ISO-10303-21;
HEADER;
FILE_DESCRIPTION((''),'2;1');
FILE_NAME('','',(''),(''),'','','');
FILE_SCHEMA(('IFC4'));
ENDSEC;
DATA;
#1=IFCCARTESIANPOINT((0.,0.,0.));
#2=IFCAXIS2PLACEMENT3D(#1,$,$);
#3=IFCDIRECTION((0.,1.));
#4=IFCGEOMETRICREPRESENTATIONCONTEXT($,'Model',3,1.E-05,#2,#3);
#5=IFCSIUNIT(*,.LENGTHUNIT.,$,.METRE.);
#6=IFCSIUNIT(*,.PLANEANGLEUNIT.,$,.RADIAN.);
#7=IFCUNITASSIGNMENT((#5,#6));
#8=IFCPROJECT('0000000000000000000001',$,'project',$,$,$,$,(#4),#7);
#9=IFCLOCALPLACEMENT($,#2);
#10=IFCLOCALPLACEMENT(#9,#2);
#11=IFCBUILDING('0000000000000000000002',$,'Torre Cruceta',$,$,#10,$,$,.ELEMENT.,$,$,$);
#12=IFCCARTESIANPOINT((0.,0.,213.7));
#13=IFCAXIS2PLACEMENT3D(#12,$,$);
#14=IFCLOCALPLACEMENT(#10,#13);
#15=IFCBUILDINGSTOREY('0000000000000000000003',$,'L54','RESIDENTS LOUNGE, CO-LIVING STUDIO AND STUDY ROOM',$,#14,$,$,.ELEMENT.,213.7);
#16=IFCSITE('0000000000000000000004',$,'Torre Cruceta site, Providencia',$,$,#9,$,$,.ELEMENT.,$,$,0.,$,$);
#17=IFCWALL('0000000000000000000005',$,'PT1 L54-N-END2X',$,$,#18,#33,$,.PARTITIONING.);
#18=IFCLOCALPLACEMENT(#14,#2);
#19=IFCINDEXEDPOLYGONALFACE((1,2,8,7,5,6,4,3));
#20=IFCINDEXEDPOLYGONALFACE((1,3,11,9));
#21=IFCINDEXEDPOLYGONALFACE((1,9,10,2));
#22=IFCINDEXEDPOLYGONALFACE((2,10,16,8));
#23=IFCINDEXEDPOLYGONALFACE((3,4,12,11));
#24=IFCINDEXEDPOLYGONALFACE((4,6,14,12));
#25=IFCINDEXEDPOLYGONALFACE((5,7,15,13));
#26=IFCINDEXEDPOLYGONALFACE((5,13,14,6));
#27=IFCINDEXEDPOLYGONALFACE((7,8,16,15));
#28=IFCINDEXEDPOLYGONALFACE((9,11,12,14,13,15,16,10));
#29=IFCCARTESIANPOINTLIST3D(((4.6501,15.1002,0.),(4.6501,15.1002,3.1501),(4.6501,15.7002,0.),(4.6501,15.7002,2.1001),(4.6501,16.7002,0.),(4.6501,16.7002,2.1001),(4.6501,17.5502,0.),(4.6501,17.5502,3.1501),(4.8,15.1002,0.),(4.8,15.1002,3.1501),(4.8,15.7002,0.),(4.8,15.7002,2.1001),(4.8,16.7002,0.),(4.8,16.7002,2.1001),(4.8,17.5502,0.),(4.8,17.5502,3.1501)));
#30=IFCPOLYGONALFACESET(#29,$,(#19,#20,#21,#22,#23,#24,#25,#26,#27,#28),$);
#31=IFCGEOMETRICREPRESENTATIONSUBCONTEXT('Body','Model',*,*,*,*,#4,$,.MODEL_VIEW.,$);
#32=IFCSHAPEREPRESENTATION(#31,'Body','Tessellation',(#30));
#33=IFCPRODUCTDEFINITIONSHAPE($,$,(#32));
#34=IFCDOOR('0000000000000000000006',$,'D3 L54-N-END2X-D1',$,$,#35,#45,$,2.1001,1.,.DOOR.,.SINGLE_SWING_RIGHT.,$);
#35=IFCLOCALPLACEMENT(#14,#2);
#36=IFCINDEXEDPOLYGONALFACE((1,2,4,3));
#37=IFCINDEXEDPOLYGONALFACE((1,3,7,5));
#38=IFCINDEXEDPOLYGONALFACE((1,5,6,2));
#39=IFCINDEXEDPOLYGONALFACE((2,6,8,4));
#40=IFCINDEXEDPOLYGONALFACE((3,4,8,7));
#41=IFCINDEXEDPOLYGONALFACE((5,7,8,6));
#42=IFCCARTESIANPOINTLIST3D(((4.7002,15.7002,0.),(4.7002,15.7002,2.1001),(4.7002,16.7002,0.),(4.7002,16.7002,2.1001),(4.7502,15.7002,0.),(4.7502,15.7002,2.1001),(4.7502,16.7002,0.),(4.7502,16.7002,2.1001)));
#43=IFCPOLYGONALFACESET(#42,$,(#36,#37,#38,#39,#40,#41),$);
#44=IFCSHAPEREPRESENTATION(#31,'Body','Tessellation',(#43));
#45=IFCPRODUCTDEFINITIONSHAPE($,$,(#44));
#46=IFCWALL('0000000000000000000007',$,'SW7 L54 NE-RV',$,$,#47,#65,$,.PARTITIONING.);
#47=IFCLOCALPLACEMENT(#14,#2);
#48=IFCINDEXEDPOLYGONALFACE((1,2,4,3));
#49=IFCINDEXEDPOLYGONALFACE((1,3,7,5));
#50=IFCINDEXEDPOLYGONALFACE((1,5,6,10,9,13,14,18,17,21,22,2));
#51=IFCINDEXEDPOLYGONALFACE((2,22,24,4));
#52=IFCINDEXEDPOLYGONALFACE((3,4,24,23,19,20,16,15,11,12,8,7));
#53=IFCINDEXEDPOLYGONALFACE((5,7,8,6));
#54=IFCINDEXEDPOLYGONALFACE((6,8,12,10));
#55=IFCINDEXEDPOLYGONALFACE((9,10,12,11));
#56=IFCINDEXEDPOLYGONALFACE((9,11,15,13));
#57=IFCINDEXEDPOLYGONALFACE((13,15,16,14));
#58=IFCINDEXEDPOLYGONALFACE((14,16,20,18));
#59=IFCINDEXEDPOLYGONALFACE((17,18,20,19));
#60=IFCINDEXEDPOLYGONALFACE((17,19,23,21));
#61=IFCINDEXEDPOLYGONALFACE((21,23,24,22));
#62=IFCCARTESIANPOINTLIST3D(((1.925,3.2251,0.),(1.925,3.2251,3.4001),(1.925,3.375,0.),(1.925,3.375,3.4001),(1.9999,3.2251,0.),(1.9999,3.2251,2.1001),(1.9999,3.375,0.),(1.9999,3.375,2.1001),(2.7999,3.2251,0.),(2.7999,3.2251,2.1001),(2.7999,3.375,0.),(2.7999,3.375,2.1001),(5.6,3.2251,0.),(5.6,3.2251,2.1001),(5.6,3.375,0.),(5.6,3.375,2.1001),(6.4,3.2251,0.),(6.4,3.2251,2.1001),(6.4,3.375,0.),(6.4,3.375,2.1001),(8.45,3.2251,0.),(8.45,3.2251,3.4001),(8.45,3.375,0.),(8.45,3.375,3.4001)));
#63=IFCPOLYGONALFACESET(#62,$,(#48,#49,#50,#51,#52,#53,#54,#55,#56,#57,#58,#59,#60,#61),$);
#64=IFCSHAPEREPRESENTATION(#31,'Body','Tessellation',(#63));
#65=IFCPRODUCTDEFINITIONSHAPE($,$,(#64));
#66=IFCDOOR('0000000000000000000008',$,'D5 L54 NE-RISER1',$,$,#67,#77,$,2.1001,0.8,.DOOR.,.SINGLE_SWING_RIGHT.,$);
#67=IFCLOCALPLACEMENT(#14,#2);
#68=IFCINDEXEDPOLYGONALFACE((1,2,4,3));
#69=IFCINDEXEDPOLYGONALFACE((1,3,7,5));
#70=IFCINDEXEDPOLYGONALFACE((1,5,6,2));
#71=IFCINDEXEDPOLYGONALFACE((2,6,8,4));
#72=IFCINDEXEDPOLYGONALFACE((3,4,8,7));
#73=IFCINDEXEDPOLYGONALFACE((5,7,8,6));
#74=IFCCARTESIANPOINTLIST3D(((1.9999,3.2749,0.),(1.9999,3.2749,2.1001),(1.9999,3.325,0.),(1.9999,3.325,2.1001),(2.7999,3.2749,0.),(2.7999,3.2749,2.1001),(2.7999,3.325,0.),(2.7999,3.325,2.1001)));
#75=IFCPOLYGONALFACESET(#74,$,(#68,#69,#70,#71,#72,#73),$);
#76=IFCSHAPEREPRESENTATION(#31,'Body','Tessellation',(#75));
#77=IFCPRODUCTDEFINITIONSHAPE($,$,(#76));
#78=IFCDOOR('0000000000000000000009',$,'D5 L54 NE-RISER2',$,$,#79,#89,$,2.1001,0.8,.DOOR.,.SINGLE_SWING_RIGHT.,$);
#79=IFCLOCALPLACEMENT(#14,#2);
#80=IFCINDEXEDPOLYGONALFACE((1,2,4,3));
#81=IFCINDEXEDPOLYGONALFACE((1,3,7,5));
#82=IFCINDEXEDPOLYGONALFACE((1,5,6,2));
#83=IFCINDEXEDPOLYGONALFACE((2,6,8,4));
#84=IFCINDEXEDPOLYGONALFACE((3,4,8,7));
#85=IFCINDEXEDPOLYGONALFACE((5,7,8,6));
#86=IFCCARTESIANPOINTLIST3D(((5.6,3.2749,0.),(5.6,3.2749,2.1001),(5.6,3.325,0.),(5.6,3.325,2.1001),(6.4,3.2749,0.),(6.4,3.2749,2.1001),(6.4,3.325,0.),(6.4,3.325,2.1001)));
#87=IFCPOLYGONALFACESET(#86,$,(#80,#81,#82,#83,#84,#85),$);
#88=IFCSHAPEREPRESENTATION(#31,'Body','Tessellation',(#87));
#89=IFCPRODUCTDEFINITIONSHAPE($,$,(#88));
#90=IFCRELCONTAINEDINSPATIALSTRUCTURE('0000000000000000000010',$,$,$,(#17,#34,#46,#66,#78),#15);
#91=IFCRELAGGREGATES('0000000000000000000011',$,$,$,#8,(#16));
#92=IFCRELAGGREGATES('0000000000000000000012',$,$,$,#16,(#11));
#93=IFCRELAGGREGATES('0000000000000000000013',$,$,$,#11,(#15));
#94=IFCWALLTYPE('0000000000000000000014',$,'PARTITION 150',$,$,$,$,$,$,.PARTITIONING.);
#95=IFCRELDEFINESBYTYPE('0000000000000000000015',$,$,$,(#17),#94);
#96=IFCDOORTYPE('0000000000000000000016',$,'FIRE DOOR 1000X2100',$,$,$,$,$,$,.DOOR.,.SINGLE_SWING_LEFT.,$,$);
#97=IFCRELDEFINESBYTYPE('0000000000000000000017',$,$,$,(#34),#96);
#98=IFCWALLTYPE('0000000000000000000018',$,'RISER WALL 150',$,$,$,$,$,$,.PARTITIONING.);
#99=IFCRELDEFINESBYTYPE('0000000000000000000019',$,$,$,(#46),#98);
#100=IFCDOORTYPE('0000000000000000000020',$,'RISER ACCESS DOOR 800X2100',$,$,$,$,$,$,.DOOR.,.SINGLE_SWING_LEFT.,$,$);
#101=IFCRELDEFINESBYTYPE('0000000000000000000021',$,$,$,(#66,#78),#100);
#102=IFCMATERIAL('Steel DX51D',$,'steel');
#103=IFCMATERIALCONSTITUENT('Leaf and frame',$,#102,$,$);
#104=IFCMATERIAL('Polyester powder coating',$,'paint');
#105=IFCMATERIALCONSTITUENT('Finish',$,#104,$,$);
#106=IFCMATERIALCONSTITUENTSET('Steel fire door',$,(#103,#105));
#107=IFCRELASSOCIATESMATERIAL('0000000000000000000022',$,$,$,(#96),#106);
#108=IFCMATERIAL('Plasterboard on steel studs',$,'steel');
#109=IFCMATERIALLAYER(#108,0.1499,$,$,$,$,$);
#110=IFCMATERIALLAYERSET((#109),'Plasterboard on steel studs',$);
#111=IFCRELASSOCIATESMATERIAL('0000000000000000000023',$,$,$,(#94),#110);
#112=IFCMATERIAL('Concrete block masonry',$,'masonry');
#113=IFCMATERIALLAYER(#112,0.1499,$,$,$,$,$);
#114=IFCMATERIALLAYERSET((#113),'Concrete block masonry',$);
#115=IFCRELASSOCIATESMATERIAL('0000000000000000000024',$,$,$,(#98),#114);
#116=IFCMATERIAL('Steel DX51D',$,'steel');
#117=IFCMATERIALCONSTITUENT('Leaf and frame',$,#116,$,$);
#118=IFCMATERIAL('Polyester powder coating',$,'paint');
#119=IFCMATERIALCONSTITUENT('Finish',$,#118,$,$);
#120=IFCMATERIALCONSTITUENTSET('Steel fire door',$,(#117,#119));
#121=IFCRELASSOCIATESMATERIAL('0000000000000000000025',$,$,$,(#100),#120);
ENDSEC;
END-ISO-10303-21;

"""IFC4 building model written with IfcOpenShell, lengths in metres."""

from ifc_helpers import new_model, si_unit, direction, frame, frame_2d, origin, place, context, subcontext, project, spatial, rectangle, extrude, material, layer, layer_set, constituent, constituent_set, type_object, element, fill, save


model = new_model("IFC4")

# Units and contexts
model_context = context("Model", 3, precision=1e-05, world=origin(), true_north=direction((0.0, 1.0)))
body_context = subcontext(model_context, "Body", "Model", "MODEL_VIEW")
ifc_project = project(units=[si_unit("LENGTHUNIT", "METRE"), si_unit("PLANEANGLEUNIT", "RADIAN")], contexts=[model_context])

# Site, building, storey
site_placement = place(None, origin())
site = spatial("IfcSite", under=ifc_project, at=site_placement, Name="Torre Cruceta site, Providencia", CompositionType="ELEMENT", RefElevation=0.0)
building_placement = place(site_placement, origin())
building = spatial("IfcBuilding", under=site, at=building_placement, Name="Torre Cruceta", CompositionType="ELEMENT")
storey_placement = place(building_placement, frame((0.0, 0.0, 213.7)))
storey = spatial("IfcBuildingStorey", under=building, at=storey_placement, Name="L54", Description="RESIDENTS LOUNGE, CO-LIVING STUDIO AND STUDY ROOM", CompositionType="ELEMENT", Elevation=213.7)

# Shared definitions
ifc_material_1 = material(Name="Steel DX51D", Category="steel")
ifc_constituent_1 = constituent(ifc_material_1, Name="Leaf and frame")
ifc_material_2 = material(Name="Polyester powder coating", Category="paint")
ifc_constituent_2 = constituent(ifc_material_2, Name="Finish")
ifc_constituent_set_1 = constituent_set(constituents=[ifc_constituent_1, ifc_constituent_2], Name="Steel fire door")
door_type_1 = type_object("IfcDoorType", Name="FIRE DOOR 1000X2100", OperationType="SINGLE_SWING_LEFT", PredefinedType="DOOR", material=ifc_constituent_set_1)
ifc_material_3 = material(Name="Plasterboard on steel studs", Category="steel")
ifc_layer_1 = layer(ifc_material_3, 0.1499)
ifc_layer_set_1 = layer_set([ifc_layer_1], Name="Plasterboard on steel studs")
wall_type_1 = type_object("IfcWallType", Name="PARTITION 150", PredefinedType="PARTITIONING", material=ifc_layer_set_1)

# Wall, opening, door
wall_1_placement = place(storey_placement, frame((4.7251, 15.1001, 0.0), z_axis=(0.0, 0.0, 1.0), x_axis=(0.0, 1.0, 0.0)))
wall_1 = element("IfcWall", 1, at=wall_1_placement, inside=storey, type_object=wall_type_1, Name="PT1 L54-N-END2X", PredefinedType="PARTITIONING", context=body_context, shape_type="SweptSolid", body=[
    extrude(rectangle(XDim=2.45, YDim=0.1499, at=frame_2d((1.2251, 0.0))), origin(), (0.0, 0.0, 1.0), 3.1501),
])
opening_1_placement = place(wall_1_placement, frame((0.6001, 0.0, 0.0)))
opening_1 = element("IfcOpeningElement", 2, at=opening_1_placement, cuts=wall_1, PredefinedType="OPENING", context=body_context, shape_type="SweptSolid", body=[
    extrude(rectangle(XDim=1.0, YDim=2.1001, at=frame_2d((0.5, 1.05))), frame((0.0, 0.085, 0.0), z_axis=(0.0, -1.0, 0.0), x_axis=(1.0, 0.0, 0.0)), (0.0, 0.0, 1.0), 0.1699),
])
door_1_placement = place(opening_1_placement, frame((1.0, 0.0, 0.0), z_axis=(0.0, 0.0, 1.0), x_axis=(-1.0, 0.0, 0.0)))
door_1 = element("IfcDoor", 3, at=door_1_placement, inside=storey, type_object=door_type_1, Name="D3 L54-N-END2X-D1", OperationType="SINGLE_SWING_RIGHT", OverallHeight=2.1001, OverallWidth=1.0, PredefinedType="DOOR", context=body_context, shape_type="SweptSolid", body=[
    extrude(rectangle(XDim=1.0, YDim=2.1001, at=frame_2d((0.5, 1.05))), frame((0.0, 0.0251, 0.0), z_axis=(0.0, -1.0, 0.0), x_axis=(1.0, 0.0, 0.0)), (0.0, 0.0, 1.0), 0.05),
])
fill(opening_1, door_1)

# Wall, openings, doors
ifc_material_4 = material(Name="Concrete block masonry", Category="masonry")
ifc_layer_2 = layer(ifc_material_4, 0.1499)
ifc_layer_set_2 = layer_set([ifc_layer_2], Name="Concrete block masonry")
wall_type_2 = type_object("IfcWallType", Name="RISER WALL 150", PredefinedType="PARTITIONING", material=ifc_layer_set_2)
wall_2_placement = place(storey_placement, frame((1.925, 3.3, 0.0), z_axis=(0.0, 0.0, 1.0), x_axis=(1.0, 0.0, 0.0)))
wall_2 = element("IfcWall", 4, at=wall_2_placement, inside=storey, type_object=wall_type_2, Name="SW7 L54 NE-RV", PredefinedType="PARTITIONING", context=body_context, shape_type="SweptSolid", body=[
    extrude(rectangle(XDim=6.5249, YDim=0.1499, at=frame_2d((3.2625, 0.0))), origin(), (0.0, 0.0, 1.0), 3.4001),
])
opening_2_placement = place(wall_2_placement, frame((0.075, 0.0, 0.0)))
opening_2 = element("IfcOpeningElement", 5, at=opening_2_placement, cuts=wall_2, PredefinedType="OPENING", context=body_context, shape_type="SweptSolid", body=[
    extrude(rectangle(XDim=0.8, YDim=2.1001, at=frame_2d((0.3999, 1.05))), frame((0.0, 0.085, 0.0), z_axis=(0.0, -1.0, 0.0), x_axis=(1.0, 0.0, 0.0)), (0.0, 0.0, 1.0), 0.1699),
])
opening_3_placement = place(wall_2_placement, frame((3.675, 0.0, 0.0)))
opening_3 = element("IfcOpeningElement", 6, at=opening_3_placement, cuts=wall_2, PredefinedType="OPENING", context=body_context, shape_type="SweptSolid", body=[
    extrude(rectangle(XDim=0.8, YDim=2.1001, at=frame_2d((0.3999, 1.05))), frame((0.0, 0.085, 0.0), z_axis=(0.0, -1.0, 0.0), x_axis=(1.0, 0.0, 0.0)), (0.0, 0.0, 1.0), 0.1699),
])
ifc_material_5 = material(Name="Steel DX51D", Category="steel")
ifc_constituent_3 = constituent(ifc_material_5, Name="Leaf and frame")
ifc_material_6 = material(Name="Polyester powder coating", Category="paint")
ifc_constituent_4 = constituent(ifc_material_6, Name="Finish")
ifc_constituent_set_2 = constituent_set(constituents=[ifc_constituent_3, ifc_constituent_4], Name="Steel fire door")
door_type_2 = type_object("IfcDoorType", Name="RISER ACCESS DOOR 800X2100", OperationType="SINGLE_SWING_LEFT", PredefinedType="DOOR", material=ifc_constituent_set_2)
door_2_placement = place(opening_2_placement, frame((0.8, 0.0, 0.0), z_axis=(0.0, 0.0, 1.0), x_axis=(-1.0, 0.0, 0.0)))
door_2 = element("IfcDoor", 7, at=door_2_placement, inside=storey, type_object=door_type_2, Name="D5 L54 NE-RISER1", OperationType="SINGLE_SWING_RIGHT", OverallHeight=2.1001, OverallWidth=0.8, PredefinedType="DOOR", context=body_context, shape_type="SweptSolid", body=[
    extrude(rectangle(XDim=0.8, YDim=2.1001, at=frame_2d((0.4001, 1.05))), frame((0.0, 0.0251, 0.0), z_axis=(0.0, -1.0, 0.0), x_axis=(1.0, 0.0, 0.0)), (0.0, 0.0, 1.0), 0.05),
])
fill(opening_2, door_2)
door_3_placement = place(opening_3_placement, frame((0.8, 0.0, 0.0), z_axis=(0.0, 0.0, 1.0), x_axis=(-1.0, 0.0, 0.0)))
door_3 = element("IfcDoor", 8, at=door_3_placement, inside=storey, type_object=door_type_2, Name="D5 L54 NE-RISER2", OperationType="SINGLE_SWING_RIGHT", OverallHeight=2.1001, OverallWidth=0.8, PredefinedType="DOOR", context=body_context, shape_type="SweptSolid", body=[
    extrude(rectangle(XDim=0.8, YDim=2.1001, at=frame_2d((0.4001, 1.05))), frame((0.0, 0.0251, 0.0), z_axis=(0.0, -1.0, 0.0), x_axis=(1.0, 0.0, 0.0)), (0.0, 0.0, 1.0), 0.05),
])
fill(opening_3, door_3)

save(model, "model.ifc")
